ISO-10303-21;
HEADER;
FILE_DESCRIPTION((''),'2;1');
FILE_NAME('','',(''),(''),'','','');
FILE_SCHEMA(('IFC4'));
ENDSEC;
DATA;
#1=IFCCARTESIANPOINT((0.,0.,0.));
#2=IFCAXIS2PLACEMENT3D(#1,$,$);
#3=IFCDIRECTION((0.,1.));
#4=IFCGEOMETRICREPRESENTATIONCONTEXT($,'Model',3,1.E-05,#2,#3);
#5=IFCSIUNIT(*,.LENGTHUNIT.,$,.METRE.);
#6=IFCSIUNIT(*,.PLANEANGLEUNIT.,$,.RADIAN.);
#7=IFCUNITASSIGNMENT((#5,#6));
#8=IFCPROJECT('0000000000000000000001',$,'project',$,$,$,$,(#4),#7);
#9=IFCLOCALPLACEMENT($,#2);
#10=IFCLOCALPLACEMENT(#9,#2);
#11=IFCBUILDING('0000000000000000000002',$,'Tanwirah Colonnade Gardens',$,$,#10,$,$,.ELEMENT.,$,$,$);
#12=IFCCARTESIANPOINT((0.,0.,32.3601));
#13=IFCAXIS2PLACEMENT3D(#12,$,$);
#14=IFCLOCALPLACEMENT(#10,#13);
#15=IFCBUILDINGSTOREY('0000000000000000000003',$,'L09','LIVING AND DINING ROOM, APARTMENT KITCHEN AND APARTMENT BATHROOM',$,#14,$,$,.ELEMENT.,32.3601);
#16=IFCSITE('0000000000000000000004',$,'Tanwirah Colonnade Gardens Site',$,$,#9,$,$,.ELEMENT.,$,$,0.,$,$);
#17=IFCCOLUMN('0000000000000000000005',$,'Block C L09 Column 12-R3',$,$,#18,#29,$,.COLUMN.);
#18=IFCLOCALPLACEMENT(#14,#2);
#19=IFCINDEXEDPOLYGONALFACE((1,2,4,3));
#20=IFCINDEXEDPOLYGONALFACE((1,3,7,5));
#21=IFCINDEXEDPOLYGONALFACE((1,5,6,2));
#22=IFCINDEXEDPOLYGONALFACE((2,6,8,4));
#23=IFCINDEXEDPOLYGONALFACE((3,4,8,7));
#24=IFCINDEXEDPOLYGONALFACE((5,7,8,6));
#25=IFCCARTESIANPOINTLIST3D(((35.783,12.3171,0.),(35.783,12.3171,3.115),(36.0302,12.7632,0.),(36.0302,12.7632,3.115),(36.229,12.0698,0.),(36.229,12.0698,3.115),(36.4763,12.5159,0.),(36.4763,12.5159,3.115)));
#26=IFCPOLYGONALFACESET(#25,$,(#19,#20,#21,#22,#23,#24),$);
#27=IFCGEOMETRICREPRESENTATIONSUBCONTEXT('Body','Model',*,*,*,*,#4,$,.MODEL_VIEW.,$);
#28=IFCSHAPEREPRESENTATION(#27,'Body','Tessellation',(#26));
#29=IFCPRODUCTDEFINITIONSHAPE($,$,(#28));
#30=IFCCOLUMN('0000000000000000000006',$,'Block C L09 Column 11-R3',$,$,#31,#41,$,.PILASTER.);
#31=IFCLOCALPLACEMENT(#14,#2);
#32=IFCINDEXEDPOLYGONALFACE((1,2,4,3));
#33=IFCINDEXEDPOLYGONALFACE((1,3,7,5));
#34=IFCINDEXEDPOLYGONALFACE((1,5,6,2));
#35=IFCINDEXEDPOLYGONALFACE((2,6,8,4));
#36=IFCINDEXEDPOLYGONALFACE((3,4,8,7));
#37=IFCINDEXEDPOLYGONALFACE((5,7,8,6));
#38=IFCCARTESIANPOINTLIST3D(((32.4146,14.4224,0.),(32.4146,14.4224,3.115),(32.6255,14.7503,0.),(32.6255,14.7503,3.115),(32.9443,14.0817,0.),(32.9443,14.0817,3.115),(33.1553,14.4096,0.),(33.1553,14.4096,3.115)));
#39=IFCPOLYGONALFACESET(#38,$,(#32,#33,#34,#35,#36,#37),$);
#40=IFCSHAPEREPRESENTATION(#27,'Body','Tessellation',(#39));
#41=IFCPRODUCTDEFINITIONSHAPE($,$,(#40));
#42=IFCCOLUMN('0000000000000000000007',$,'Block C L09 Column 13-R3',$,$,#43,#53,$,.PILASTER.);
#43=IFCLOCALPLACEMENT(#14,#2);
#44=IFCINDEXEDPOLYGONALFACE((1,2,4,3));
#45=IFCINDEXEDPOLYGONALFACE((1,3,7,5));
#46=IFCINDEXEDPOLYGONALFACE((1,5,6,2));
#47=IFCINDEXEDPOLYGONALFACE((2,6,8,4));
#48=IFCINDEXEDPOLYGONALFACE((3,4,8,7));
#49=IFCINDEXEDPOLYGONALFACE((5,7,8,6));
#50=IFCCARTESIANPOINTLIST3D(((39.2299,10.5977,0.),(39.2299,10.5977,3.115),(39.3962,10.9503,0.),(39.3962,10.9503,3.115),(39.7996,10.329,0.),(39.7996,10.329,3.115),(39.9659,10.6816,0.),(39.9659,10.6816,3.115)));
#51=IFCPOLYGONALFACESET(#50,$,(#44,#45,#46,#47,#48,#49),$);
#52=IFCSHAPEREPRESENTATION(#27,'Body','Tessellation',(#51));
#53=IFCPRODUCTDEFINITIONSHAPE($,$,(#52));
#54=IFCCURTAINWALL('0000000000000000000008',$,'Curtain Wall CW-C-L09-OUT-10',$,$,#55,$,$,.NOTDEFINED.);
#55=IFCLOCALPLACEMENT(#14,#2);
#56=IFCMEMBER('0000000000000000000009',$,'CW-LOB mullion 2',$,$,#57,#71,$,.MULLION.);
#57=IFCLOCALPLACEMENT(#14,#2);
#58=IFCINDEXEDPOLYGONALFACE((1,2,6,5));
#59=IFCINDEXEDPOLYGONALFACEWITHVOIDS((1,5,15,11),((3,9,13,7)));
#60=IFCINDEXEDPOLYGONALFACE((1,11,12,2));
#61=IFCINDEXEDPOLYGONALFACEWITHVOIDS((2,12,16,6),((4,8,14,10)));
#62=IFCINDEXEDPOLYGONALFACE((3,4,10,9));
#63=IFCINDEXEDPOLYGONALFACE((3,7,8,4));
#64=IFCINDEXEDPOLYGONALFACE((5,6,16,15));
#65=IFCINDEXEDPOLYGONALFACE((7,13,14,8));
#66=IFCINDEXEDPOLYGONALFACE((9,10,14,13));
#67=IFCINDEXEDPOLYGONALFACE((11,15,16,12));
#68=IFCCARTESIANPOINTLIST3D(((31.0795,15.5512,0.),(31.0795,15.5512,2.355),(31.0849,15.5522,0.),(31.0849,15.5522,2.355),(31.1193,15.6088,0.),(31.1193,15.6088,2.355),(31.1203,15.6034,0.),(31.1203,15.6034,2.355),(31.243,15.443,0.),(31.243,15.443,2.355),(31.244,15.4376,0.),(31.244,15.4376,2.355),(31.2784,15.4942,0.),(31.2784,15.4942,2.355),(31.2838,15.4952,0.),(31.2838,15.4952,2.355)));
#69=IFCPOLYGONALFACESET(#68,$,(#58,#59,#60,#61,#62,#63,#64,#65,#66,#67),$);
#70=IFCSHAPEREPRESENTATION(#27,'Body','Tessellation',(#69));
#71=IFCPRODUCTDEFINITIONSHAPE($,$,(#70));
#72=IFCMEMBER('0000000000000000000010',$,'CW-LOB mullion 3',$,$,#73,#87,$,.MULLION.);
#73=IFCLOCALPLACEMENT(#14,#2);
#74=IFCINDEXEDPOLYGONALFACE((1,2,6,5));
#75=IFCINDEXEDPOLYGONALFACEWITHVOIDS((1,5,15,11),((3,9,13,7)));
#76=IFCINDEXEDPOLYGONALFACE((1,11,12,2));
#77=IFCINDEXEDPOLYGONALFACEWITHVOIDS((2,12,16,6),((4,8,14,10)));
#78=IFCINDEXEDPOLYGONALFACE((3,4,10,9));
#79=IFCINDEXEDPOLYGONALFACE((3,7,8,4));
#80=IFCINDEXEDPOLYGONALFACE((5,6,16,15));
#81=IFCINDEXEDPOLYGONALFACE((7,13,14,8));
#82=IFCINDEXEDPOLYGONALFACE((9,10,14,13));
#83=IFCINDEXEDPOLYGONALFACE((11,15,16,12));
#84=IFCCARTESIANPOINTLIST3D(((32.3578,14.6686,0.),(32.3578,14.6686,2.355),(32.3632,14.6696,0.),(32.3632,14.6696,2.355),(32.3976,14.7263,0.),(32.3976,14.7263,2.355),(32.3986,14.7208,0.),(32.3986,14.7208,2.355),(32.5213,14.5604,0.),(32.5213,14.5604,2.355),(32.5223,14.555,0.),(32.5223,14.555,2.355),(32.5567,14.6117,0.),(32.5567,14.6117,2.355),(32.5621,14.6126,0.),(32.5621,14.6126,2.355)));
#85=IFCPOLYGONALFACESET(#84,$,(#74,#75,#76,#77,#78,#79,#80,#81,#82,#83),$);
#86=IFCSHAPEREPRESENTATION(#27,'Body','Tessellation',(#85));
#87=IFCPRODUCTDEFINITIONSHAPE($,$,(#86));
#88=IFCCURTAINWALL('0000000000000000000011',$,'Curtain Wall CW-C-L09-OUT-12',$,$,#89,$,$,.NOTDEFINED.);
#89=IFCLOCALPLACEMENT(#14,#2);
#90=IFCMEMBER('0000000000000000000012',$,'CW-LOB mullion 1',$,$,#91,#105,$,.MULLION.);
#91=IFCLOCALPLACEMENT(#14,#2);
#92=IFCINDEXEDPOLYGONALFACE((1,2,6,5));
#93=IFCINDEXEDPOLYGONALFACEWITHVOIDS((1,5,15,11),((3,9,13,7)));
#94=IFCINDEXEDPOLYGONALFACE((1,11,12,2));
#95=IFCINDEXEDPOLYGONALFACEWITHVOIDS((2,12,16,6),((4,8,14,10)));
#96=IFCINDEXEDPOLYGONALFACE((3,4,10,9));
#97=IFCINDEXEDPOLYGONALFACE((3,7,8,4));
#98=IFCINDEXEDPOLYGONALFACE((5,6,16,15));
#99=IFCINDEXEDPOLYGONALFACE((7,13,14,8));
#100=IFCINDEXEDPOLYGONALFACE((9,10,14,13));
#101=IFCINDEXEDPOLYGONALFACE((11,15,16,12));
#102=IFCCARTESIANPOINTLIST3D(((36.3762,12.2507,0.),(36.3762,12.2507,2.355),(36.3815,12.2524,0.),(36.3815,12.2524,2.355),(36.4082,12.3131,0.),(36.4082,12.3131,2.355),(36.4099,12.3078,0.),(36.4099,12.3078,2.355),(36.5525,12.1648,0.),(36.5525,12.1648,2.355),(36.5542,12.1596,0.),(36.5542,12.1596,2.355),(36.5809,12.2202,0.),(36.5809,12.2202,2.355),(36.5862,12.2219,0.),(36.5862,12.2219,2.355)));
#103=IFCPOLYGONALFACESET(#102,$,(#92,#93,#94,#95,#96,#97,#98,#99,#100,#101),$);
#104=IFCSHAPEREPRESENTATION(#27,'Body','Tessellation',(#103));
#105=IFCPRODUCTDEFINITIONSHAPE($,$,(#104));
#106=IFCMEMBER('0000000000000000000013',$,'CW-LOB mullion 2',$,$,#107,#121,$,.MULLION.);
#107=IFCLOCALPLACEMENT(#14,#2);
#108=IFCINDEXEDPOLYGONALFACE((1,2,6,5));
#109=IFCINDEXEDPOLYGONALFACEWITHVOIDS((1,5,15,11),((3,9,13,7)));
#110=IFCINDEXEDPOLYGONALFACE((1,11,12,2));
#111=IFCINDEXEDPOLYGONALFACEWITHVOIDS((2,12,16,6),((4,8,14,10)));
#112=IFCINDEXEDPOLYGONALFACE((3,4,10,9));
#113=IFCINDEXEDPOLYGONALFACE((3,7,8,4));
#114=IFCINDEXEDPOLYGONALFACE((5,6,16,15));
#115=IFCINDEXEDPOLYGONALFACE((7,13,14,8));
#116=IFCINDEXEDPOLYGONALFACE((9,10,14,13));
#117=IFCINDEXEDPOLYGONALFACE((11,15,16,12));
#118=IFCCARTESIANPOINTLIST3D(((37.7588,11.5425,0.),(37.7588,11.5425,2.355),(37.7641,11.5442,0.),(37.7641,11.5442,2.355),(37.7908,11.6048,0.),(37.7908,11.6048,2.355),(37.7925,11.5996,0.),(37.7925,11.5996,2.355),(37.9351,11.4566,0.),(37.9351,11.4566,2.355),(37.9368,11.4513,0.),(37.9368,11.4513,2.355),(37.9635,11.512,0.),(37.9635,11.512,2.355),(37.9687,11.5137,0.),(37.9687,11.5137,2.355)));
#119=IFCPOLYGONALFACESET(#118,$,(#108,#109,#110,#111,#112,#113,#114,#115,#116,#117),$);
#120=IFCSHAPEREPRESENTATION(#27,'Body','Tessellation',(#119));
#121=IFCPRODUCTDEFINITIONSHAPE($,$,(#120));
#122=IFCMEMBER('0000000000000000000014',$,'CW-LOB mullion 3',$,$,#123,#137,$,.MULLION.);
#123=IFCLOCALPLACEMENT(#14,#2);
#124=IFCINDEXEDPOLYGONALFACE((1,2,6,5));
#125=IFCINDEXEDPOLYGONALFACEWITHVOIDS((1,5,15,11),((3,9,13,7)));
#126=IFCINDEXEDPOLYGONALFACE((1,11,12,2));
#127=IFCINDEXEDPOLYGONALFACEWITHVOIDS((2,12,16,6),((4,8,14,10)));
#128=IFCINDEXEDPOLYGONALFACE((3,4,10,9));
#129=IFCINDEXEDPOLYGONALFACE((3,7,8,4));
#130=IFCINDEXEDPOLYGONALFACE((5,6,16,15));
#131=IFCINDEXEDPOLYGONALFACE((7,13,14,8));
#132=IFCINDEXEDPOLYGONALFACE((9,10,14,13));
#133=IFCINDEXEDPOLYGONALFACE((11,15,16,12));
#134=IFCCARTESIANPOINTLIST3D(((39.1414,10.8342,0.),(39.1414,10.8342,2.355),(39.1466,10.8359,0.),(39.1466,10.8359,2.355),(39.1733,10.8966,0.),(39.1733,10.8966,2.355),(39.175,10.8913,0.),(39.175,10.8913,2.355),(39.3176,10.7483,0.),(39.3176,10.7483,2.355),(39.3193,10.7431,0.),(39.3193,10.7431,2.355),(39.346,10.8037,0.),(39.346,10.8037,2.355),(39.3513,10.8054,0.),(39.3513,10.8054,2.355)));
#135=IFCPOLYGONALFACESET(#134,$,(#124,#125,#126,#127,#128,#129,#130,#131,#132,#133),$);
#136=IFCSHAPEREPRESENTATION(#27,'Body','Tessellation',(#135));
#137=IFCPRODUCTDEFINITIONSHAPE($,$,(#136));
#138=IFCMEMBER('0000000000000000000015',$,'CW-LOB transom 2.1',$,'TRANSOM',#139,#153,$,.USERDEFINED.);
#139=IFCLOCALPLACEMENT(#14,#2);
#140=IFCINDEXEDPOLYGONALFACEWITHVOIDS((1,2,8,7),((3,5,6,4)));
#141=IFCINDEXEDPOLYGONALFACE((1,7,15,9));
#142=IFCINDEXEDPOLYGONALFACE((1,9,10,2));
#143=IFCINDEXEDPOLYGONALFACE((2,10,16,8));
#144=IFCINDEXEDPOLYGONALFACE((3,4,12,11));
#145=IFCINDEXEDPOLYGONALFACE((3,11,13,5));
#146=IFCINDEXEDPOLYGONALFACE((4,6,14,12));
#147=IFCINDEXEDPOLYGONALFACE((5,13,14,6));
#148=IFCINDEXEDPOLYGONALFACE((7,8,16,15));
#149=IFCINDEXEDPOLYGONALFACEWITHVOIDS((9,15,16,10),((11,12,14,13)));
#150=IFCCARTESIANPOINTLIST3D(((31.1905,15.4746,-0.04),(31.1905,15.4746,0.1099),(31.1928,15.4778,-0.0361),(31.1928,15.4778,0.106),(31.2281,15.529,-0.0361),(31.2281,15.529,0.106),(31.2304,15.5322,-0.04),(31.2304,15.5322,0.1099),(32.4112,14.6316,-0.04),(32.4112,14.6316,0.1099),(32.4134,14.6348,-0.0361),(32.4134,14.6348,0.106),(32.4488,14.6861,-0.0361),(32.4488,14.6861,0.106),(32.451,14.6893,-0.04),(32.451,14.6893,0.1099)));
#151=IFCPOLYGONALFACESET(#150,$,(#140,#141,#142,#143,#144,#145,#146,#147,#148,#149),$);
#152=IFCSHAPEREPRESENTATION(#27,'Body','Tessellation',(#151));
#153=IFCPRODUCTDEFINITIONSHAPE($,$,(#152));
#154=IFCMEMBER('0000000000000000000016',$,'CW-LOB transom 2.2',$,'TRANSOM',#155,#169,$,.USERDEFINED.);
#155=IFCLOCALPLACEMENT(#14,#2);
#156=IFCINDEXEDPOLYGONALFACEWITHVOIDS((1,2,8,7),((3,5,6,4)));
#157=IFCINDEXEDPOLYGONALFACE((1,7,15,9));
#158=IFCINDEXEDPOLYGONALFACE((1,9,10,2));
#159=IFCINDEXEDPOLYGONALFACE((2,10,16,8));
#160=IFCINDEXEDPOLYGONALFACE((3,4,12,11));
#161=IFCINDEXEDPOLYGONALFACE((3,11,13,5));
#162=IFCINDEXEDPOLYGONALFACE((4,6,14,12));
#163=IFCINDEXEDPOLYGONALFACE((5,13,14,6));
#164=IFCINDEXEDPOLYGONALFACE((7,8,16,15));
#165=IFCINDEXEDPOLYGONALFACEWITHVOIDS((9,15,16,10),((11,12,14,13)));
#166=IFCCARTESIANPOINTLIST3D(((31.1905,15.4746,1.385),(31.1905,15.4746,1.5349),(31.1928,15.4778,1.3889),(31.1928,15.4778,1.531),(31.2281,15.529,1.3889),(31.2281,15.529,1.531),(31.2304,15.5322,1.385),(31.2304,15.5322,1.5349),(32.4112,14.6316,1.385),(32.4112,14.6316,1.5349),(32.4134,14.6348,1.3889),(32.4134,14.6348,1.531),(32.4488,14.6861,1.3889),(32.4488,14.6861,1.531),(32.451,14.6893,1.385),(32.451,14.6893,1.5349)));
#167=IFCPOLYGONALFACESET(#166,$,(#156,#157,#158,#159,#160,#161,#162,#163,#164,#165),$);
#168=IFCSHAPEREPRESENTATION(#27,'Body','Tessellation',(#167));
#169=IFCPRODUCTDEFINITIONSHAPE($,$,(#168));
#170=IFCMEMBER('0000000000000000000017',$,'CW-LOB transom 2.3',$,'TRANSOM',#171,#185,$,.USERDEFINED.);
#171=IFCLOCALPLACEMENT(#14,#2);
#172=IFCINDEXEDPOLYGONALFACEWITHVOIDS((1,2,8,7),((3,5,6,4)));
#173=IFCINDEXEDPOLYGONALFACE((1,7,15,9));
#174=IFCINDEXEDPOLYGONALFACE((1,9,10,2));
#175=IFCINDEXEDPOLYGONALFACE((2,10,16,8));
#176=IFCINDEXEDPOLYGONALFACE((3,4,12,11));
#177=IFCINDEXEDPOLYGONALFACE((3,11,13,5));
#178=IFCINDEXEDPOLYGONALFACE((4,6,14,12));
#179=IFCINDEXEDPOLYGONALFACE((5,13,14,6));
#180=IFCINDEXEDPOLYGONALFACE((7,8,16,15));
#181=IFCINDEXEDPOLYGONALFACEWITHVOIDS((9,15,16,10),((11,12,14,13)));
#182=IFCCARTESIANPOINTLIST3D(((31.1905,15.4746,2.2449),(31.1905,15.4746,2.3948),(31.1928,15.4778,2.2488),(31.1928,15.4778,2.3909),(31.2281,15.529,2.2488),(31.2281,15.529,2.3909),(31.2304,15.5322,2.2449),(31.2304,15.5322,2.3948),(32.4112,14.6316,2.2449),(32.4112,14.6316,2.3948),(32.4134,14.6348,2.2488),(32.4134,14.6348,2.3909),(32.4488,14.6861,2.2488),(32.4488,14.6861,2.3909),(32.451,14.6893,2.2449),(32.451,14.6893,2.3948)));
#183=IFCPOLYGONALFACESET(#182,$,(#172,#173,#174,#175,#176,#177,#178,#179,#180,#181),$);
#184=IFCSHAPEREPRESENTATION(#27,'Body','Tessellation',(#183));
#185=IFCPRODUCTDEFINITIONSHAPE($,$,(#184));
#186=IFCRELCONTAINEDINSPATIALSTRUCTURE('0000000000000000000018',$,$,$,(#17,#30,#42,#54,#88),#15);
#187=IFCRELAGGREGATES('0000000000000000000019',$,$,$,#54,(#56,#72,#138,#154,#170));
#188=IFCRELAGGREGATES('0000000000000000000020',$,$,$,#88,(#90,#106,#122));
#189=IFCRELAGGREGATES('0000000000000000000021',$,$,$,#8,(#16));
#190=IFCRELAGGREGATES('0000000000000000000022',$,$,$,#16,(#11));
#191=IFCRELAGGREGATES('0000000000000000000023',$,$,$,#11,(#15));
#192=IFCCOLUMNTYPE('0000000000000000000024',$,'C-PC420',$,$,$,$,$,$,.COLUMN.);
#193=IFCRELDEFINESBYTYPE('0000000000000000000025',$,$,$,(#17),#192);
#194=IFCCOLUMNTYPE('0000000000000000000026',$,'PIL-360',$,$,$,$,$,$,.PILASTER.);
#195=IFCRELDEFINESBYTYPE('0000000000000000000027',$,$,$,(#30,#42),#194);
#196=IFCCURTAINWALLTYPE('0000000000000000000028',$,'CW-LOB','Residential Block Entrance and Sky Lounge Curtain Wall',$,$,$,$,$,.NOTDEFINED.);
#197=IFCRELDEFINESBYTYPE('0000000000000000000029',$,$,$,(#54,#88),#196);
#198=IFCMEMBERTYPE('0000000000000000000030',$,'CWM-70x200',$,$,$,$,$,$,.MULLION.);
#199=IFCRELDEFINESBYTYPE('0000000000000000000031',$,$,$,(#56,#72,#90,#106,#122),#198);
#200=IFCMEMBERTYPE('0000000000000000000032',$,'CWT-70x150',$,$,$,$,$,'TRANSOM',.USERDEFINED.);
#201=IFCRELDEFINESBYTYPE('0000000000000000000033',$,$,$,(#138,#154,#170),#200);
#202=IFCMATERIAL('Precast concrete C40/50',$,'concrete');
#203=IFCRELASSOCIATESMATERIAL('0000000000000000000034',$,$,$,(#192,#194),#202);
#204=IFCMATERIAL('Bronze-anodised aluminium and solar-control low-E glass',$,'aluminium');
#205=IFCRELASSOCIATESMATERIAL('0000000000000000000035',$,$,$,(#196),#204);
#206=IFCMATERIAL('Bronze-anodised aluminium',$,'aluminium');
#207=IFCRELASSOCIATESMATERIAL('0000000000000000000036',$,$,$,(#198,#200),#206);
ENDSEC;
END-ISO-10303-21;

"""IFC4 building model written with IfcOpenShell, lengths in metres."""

from ifc_helpers import new_model, si_unit, direction, frame, origin, origin_2d, place, context, subcontext, project, spatial, rectangle, hollow_rectangle, extrude, material, material_profile, profile_set, type_object, element, aggregate, save


model = new_model("IFC4")

# Units and contexts
model_context = context("Model", 3, precision=1e-05, world=origin(), true_north=direction((0.0, 1.0)))
body_context = subcontext(model_context, "Body", "Model", "MODEL_VIEW")
ifc_project = project(units=[si_unit("LENGTHUNIT", "METRE"), si_unit("PLANEANGLEUNIT", "RADIAN")], contexts=[model_context])

# Site, building, storey
site_placement = place(None, origin())
site = spatial("IfcSite", under=ifc_project, at=site_placement, Name="Tanwirah Colonnade Gardens Site", CompositionType="ELEMENT", RefElevation=0.0)
building_placement = place(site_placement, origin())
building = spatial("IfcBuilding", under=site, at=building_placement, Name="Tanwirah Colonnade Gardens", CompositionType="ELEMENT")
storey_placement = place(building_placement, frame((0.0, 0.0, 32.3601)))
storey = spatial("IfcBuildingStorey", under=building, at=storey_placement, Name="L09", Description="LIVING AND DINING ROOM, APARTMENT KITCHEN AND APARTMENT BATHROOM", CompositionType="ELEMENT", Elevation=32.3601)

# Columns
ifc_material_1 = material(Name="Precast concrete C40/50", Category="concrete")
ifc_material_profile_1 = material_profile(ifc_material_1, rectangle(XDim=0.51, YDim=0.51, at=origin_2d()), Name="PC-COL 510x510")
ifc_profile_set_1 = profile_set([ifc_material_profile_1], Name="Precast concrete C40/50")
column_type_1 = type_object("IfcColumnType", Name="C-PC420", PredefinedType="COLUMN", material=ifc_profile_set_1)
column_placement = place(storey_placement, frame((36.1296, 12.4165, 0.0), z_axis=(0.0, 0.0, 1.0), x_axis=(-0.48481, -0.87462, 0.0)))
element("IfcColumn", 1, at=column_placement, inside=storey, type_object=column_type_1, Name="Block C L09 Column 12-R3", PredefinedType="COLUMN", context=body_context, shape_type="SweptSolid", body=[
    extrude(rectangle(XDim=0.51, YDim=0.51, at=origin_2d()), origin(), (0.0, 0.0, 1.0), 3.115),
])
ifc_material_profile_2 = material_profile(ifc_material_1, rectangle(XDim=0.3899, YDim=0.6299, at=origin_2d()), Name="PC-PIL 390x630")
ifc_profile_set_2 = profile_set([ifc_material_profile_2], Name="Precast concrete C40/50")
column_type_2 = type_object("IfcColumnType", Name="PIL-360", PredefinedType="PILASTER", material=ifc_profile_set_2)
for number, where, z_axis, x_axis, name in (
    (2, (32.7849, 14.416, 0.0), (0.0, 0.0, 1.0), (-0.540974, -0.841039, 0.0), "Block C L09 Column 11-R3"),
    (3, (39.5979, 10.6396, 0.0), (0.0, 0.0, 1.0), (-0.426569, -0.904455, 0.0), "Block C L09 Column 13-R3"),
):
    element("IfcColumn", number, at=place(storey_placement, frame(where, z_axis=z_axis, x_axis=x_axis)), inside=storey, type_object=column_type_2, Name=name, PredefinedType="PILASTER", context=body_context, shape_type="SweptSolid", body=[
        extrude(rectangle(XDim=0.3899, YDim=0.6299, at=origin_2d()), origin(), (0.0, 0.0, 1.0), 3.115),
    ])

# Curtain walls, members
ifc_material_2 = material(Name="Bronze-anodised aluminium and solar-control low-E glass", Category="aluminium")
curtain_wall_type = type_object("IfcCurtainWallType", Name="CW-LOB", Description="Residential Block Entrance and Sky Lounge Curtain Wall", PredefinedType="NOTDEFINED", material=ifc_material_2)
curtain_wall_1_placement = place(storey_placement, origin())
curtain_wall_1 = element("IfcCurtainWall", 4, at=curtain_wall_1_placement, inside=storey, type_object=curtain_wall_type, Name="Curtain Wall CW-C-L09-OUT-10", PredefinedType="NOTDEFINED")
ifc_material_3 = material(Name="Bronze-anodised aluminium", Category="aluminium")
ifc_material_profile_3 = material_profile(ifc_material_3, hollow_rectangle(XDim=0.0701, YDim=0.2, WallThickness=0.0039, at=origin_2d()), Name="CW-MUL 70x200x4")
ifc_profile_set_3 = profile_set([ifc_material_profile_3], Name="Bronze-anodised aluminium")
member_type_1 = type_object("IfcMemberType", Name="CWM-70x200", PredefinedType="MULLION", material=ifc_profile_set_3)
member_1_placement = place(storey_placement, frame((31.1816, 15.5232, 0.0), z_axis=(0.0, 0.0, 1.0), x_axis=(0.568202, 0.822889, 0.0)))
member_1 = element("IfcMember", 5, at=member_1_placement, type_object=member_type_1, Name="CW-LOB mullion 2", PredefinedType="MULLION", context=body_context, shape_type="SweptSolid", body=[
    extrude(hollow_rectangle(XDim=0.0701, YDim=0.2, WallThickness=0.0039, at=origin_2d()), origin(), (0.0, 0.0, 1.0), 2.355),
])
member_2_placement = place(storey_placement, frame((32.46, 14.6406, 0.0), z_axis=(0.0, 0.0, 1.0), x_axis=(0.568202, 0.822889, 0.0)))
member_2 = element("IfcMember", 6, at=member_2_placement, type_object=member_type_1, Name="CW-LOB mullion 3", PredefinedType="MULLION", context=body_context, shape_type="SweptSolid", body=[
    extrude(hollow_rectangle(XDim=0.0701, YDim=0.2, WallThickness=0.0039, at=origin_2d()), origin(), (0.0, 0.0, 1.0), 2.355),
])
curtain_wall_2_placement = place(storey_placement, origin())
curtain_wall_2 = element("IfcCurtainWall", 7, at=curtain_wall_2_placement, inside=storey, type_object=curtain_wall_type, Name="Curtain Wall CW-C-L09-OUT-12", PredefinedType="NOTDEFINED")
member_3_placement = place(storey_placement, frame((36.4812, 12.2363, 0.0), z_axis=(0.0, 0.0, 1.0), x_axis=(0.455933, 0.890014, 0.0)))
member_3 = element("IfcMember", 8, at=member_3_placement, type_object=member_type_1, Name="CW-LOB mullion 1", PredefinedType="MULLION", context=body_context, shape_type="SweptSolid", body=[
    extrude(hollow_rectangle(XDim=0.0701, YDim=0.2, WallThickness=0.0039, at=origin_2d()), origin(), (0.0, 0.0, 1.0), 2.355),
])
member_4_placement = place(storey_placement, frame((37.8638, 11.5281, 0.0), z_axis=(0.0, 0.0, 1.0), x_axis=(0.455933, 0.890014, 0.0)))
member_4 = element("IfcMember", 9, at=member_4_placement, type_object=member_type_1, Name="CW-LOB mullion 2", PredefinedType="MULLION", context=body_context, shape_type="SweptSolid", body=[
    extrude(hollow_rectangle(XDim=0.0701, YDim=0.2, WallThickness=0.0039, at=origin_2d()), origin(), (0.0, 0.0, 1.0), 2.355),
])
member_5_placement = place(storey_placement, frame((39.2463, 10.8198, 0.0), z_axis=(0.0, 0.0, 1.0), x_axis=(0.455933, 0.890014, 0.0)))
member_5 = element("IfcMember", 10, at=member_5_placement, type_object=member_type_1, Name="CW-LOB mullion 3", PredefinedType="MULLION", context=body_context, shape_type="SweptSolid", body=[
    extrude(hollow_rectangle(XDim=0.0701, YDim=0.2, WallThickness=0.0039, at=origin_2d()), origin(), (0.0, 0.0, 1.0), 2.355),
])

# Members
ifc_material_profile_4 = material_profile(ifc_material_3, hollow_rectangle(XDim=0.0701, YDim=0.1499, WallThickness=0.0039, at=origin_2d()), Name="CW-TRN 70x150x4")
ifc_profile_set_4 = profile_set([ifc_material_profile_4], Name="Bronze-anodised aluminium")
member_type_2 = type_object("IfcMemberType", Name="CWT-70x150", ElementType="TRANSOM", PredefinedType="USERDEFINED", material=ifc_profile_set_4)
member_6_placement = place(storey_placement, frame((31.2104, 15.5034, 0.0349), z_axis=(0.822849, -0.56826, 0.0), x_axis=(0.56826, 0.822849, 0.0)))
member_6 = element("IfcMember", 11, at=member_6_placement, type_object=member_type_2, Name="CW-LOB transom 2.1", ObjectType="TRANSOM", PredefinedType="USERDEFINED", context=body_context, shape_type="SweptSolid", body=[
    extrude(hollow_rectangle(XDim=0.0701, YDim=0.1499, WallThickness=0.0039, at=origin_2d()), origin(), (0.0, 0.0, 1.0), 1.4834),
])
member_7_placement = place(storey_placement, frame((31.2104, 15.5034, 1.46), z_axis=(0.822849, -0.56826, 0.0), x_axis=(0.56826, 0.822849, 0.0)))
member_7 = element("IfcMember", 12, at=member_7_placement, type_object=member_type_2, Name="CW-LOB transom 2.2", ObjectType="TRANSOM", PredefinedType="USERDEFINED", context=body_context, shape_type="SweptSolid", body=[
    extrude(hollow_rectangle(XDim=0.0701, YDim=0.1499, WallThickness=0.0039, at=origin_2d()), origin(), (0.0, 0.0, 1.0), 1.4834),
])
member_8_placement = place(storey_placement, frame((31.2104, 15.5034, 2.3198), z_axis=(0.822849, -0.56826, 0.0), x_axis=(0.56826, 0.822849, 0.0)))
member_8 = element("IfcMember", 13, at=member_8_placement, type_object=member_type_2, Name="CW-LOB transom 2.3", ObjectType="TRANSOM", PredefinedType="USERDEFINED", context=body_context, shape_type="SweptSolid", body=[
    extrude(hollow_rectangle(XDim=0.0701, YDim=0.1499, WallThickness=0.0039, at=origin_2d()), origin(), (0.0, 0.0, 1.0), 1.4834),
])

aggregate(curtain_wall_1, [member_1, member_2, member_6, member_7, member_8])
aggregate(curtain_wall_2, [member_3, member_4, member_5])

save(model, "model.ifc")
